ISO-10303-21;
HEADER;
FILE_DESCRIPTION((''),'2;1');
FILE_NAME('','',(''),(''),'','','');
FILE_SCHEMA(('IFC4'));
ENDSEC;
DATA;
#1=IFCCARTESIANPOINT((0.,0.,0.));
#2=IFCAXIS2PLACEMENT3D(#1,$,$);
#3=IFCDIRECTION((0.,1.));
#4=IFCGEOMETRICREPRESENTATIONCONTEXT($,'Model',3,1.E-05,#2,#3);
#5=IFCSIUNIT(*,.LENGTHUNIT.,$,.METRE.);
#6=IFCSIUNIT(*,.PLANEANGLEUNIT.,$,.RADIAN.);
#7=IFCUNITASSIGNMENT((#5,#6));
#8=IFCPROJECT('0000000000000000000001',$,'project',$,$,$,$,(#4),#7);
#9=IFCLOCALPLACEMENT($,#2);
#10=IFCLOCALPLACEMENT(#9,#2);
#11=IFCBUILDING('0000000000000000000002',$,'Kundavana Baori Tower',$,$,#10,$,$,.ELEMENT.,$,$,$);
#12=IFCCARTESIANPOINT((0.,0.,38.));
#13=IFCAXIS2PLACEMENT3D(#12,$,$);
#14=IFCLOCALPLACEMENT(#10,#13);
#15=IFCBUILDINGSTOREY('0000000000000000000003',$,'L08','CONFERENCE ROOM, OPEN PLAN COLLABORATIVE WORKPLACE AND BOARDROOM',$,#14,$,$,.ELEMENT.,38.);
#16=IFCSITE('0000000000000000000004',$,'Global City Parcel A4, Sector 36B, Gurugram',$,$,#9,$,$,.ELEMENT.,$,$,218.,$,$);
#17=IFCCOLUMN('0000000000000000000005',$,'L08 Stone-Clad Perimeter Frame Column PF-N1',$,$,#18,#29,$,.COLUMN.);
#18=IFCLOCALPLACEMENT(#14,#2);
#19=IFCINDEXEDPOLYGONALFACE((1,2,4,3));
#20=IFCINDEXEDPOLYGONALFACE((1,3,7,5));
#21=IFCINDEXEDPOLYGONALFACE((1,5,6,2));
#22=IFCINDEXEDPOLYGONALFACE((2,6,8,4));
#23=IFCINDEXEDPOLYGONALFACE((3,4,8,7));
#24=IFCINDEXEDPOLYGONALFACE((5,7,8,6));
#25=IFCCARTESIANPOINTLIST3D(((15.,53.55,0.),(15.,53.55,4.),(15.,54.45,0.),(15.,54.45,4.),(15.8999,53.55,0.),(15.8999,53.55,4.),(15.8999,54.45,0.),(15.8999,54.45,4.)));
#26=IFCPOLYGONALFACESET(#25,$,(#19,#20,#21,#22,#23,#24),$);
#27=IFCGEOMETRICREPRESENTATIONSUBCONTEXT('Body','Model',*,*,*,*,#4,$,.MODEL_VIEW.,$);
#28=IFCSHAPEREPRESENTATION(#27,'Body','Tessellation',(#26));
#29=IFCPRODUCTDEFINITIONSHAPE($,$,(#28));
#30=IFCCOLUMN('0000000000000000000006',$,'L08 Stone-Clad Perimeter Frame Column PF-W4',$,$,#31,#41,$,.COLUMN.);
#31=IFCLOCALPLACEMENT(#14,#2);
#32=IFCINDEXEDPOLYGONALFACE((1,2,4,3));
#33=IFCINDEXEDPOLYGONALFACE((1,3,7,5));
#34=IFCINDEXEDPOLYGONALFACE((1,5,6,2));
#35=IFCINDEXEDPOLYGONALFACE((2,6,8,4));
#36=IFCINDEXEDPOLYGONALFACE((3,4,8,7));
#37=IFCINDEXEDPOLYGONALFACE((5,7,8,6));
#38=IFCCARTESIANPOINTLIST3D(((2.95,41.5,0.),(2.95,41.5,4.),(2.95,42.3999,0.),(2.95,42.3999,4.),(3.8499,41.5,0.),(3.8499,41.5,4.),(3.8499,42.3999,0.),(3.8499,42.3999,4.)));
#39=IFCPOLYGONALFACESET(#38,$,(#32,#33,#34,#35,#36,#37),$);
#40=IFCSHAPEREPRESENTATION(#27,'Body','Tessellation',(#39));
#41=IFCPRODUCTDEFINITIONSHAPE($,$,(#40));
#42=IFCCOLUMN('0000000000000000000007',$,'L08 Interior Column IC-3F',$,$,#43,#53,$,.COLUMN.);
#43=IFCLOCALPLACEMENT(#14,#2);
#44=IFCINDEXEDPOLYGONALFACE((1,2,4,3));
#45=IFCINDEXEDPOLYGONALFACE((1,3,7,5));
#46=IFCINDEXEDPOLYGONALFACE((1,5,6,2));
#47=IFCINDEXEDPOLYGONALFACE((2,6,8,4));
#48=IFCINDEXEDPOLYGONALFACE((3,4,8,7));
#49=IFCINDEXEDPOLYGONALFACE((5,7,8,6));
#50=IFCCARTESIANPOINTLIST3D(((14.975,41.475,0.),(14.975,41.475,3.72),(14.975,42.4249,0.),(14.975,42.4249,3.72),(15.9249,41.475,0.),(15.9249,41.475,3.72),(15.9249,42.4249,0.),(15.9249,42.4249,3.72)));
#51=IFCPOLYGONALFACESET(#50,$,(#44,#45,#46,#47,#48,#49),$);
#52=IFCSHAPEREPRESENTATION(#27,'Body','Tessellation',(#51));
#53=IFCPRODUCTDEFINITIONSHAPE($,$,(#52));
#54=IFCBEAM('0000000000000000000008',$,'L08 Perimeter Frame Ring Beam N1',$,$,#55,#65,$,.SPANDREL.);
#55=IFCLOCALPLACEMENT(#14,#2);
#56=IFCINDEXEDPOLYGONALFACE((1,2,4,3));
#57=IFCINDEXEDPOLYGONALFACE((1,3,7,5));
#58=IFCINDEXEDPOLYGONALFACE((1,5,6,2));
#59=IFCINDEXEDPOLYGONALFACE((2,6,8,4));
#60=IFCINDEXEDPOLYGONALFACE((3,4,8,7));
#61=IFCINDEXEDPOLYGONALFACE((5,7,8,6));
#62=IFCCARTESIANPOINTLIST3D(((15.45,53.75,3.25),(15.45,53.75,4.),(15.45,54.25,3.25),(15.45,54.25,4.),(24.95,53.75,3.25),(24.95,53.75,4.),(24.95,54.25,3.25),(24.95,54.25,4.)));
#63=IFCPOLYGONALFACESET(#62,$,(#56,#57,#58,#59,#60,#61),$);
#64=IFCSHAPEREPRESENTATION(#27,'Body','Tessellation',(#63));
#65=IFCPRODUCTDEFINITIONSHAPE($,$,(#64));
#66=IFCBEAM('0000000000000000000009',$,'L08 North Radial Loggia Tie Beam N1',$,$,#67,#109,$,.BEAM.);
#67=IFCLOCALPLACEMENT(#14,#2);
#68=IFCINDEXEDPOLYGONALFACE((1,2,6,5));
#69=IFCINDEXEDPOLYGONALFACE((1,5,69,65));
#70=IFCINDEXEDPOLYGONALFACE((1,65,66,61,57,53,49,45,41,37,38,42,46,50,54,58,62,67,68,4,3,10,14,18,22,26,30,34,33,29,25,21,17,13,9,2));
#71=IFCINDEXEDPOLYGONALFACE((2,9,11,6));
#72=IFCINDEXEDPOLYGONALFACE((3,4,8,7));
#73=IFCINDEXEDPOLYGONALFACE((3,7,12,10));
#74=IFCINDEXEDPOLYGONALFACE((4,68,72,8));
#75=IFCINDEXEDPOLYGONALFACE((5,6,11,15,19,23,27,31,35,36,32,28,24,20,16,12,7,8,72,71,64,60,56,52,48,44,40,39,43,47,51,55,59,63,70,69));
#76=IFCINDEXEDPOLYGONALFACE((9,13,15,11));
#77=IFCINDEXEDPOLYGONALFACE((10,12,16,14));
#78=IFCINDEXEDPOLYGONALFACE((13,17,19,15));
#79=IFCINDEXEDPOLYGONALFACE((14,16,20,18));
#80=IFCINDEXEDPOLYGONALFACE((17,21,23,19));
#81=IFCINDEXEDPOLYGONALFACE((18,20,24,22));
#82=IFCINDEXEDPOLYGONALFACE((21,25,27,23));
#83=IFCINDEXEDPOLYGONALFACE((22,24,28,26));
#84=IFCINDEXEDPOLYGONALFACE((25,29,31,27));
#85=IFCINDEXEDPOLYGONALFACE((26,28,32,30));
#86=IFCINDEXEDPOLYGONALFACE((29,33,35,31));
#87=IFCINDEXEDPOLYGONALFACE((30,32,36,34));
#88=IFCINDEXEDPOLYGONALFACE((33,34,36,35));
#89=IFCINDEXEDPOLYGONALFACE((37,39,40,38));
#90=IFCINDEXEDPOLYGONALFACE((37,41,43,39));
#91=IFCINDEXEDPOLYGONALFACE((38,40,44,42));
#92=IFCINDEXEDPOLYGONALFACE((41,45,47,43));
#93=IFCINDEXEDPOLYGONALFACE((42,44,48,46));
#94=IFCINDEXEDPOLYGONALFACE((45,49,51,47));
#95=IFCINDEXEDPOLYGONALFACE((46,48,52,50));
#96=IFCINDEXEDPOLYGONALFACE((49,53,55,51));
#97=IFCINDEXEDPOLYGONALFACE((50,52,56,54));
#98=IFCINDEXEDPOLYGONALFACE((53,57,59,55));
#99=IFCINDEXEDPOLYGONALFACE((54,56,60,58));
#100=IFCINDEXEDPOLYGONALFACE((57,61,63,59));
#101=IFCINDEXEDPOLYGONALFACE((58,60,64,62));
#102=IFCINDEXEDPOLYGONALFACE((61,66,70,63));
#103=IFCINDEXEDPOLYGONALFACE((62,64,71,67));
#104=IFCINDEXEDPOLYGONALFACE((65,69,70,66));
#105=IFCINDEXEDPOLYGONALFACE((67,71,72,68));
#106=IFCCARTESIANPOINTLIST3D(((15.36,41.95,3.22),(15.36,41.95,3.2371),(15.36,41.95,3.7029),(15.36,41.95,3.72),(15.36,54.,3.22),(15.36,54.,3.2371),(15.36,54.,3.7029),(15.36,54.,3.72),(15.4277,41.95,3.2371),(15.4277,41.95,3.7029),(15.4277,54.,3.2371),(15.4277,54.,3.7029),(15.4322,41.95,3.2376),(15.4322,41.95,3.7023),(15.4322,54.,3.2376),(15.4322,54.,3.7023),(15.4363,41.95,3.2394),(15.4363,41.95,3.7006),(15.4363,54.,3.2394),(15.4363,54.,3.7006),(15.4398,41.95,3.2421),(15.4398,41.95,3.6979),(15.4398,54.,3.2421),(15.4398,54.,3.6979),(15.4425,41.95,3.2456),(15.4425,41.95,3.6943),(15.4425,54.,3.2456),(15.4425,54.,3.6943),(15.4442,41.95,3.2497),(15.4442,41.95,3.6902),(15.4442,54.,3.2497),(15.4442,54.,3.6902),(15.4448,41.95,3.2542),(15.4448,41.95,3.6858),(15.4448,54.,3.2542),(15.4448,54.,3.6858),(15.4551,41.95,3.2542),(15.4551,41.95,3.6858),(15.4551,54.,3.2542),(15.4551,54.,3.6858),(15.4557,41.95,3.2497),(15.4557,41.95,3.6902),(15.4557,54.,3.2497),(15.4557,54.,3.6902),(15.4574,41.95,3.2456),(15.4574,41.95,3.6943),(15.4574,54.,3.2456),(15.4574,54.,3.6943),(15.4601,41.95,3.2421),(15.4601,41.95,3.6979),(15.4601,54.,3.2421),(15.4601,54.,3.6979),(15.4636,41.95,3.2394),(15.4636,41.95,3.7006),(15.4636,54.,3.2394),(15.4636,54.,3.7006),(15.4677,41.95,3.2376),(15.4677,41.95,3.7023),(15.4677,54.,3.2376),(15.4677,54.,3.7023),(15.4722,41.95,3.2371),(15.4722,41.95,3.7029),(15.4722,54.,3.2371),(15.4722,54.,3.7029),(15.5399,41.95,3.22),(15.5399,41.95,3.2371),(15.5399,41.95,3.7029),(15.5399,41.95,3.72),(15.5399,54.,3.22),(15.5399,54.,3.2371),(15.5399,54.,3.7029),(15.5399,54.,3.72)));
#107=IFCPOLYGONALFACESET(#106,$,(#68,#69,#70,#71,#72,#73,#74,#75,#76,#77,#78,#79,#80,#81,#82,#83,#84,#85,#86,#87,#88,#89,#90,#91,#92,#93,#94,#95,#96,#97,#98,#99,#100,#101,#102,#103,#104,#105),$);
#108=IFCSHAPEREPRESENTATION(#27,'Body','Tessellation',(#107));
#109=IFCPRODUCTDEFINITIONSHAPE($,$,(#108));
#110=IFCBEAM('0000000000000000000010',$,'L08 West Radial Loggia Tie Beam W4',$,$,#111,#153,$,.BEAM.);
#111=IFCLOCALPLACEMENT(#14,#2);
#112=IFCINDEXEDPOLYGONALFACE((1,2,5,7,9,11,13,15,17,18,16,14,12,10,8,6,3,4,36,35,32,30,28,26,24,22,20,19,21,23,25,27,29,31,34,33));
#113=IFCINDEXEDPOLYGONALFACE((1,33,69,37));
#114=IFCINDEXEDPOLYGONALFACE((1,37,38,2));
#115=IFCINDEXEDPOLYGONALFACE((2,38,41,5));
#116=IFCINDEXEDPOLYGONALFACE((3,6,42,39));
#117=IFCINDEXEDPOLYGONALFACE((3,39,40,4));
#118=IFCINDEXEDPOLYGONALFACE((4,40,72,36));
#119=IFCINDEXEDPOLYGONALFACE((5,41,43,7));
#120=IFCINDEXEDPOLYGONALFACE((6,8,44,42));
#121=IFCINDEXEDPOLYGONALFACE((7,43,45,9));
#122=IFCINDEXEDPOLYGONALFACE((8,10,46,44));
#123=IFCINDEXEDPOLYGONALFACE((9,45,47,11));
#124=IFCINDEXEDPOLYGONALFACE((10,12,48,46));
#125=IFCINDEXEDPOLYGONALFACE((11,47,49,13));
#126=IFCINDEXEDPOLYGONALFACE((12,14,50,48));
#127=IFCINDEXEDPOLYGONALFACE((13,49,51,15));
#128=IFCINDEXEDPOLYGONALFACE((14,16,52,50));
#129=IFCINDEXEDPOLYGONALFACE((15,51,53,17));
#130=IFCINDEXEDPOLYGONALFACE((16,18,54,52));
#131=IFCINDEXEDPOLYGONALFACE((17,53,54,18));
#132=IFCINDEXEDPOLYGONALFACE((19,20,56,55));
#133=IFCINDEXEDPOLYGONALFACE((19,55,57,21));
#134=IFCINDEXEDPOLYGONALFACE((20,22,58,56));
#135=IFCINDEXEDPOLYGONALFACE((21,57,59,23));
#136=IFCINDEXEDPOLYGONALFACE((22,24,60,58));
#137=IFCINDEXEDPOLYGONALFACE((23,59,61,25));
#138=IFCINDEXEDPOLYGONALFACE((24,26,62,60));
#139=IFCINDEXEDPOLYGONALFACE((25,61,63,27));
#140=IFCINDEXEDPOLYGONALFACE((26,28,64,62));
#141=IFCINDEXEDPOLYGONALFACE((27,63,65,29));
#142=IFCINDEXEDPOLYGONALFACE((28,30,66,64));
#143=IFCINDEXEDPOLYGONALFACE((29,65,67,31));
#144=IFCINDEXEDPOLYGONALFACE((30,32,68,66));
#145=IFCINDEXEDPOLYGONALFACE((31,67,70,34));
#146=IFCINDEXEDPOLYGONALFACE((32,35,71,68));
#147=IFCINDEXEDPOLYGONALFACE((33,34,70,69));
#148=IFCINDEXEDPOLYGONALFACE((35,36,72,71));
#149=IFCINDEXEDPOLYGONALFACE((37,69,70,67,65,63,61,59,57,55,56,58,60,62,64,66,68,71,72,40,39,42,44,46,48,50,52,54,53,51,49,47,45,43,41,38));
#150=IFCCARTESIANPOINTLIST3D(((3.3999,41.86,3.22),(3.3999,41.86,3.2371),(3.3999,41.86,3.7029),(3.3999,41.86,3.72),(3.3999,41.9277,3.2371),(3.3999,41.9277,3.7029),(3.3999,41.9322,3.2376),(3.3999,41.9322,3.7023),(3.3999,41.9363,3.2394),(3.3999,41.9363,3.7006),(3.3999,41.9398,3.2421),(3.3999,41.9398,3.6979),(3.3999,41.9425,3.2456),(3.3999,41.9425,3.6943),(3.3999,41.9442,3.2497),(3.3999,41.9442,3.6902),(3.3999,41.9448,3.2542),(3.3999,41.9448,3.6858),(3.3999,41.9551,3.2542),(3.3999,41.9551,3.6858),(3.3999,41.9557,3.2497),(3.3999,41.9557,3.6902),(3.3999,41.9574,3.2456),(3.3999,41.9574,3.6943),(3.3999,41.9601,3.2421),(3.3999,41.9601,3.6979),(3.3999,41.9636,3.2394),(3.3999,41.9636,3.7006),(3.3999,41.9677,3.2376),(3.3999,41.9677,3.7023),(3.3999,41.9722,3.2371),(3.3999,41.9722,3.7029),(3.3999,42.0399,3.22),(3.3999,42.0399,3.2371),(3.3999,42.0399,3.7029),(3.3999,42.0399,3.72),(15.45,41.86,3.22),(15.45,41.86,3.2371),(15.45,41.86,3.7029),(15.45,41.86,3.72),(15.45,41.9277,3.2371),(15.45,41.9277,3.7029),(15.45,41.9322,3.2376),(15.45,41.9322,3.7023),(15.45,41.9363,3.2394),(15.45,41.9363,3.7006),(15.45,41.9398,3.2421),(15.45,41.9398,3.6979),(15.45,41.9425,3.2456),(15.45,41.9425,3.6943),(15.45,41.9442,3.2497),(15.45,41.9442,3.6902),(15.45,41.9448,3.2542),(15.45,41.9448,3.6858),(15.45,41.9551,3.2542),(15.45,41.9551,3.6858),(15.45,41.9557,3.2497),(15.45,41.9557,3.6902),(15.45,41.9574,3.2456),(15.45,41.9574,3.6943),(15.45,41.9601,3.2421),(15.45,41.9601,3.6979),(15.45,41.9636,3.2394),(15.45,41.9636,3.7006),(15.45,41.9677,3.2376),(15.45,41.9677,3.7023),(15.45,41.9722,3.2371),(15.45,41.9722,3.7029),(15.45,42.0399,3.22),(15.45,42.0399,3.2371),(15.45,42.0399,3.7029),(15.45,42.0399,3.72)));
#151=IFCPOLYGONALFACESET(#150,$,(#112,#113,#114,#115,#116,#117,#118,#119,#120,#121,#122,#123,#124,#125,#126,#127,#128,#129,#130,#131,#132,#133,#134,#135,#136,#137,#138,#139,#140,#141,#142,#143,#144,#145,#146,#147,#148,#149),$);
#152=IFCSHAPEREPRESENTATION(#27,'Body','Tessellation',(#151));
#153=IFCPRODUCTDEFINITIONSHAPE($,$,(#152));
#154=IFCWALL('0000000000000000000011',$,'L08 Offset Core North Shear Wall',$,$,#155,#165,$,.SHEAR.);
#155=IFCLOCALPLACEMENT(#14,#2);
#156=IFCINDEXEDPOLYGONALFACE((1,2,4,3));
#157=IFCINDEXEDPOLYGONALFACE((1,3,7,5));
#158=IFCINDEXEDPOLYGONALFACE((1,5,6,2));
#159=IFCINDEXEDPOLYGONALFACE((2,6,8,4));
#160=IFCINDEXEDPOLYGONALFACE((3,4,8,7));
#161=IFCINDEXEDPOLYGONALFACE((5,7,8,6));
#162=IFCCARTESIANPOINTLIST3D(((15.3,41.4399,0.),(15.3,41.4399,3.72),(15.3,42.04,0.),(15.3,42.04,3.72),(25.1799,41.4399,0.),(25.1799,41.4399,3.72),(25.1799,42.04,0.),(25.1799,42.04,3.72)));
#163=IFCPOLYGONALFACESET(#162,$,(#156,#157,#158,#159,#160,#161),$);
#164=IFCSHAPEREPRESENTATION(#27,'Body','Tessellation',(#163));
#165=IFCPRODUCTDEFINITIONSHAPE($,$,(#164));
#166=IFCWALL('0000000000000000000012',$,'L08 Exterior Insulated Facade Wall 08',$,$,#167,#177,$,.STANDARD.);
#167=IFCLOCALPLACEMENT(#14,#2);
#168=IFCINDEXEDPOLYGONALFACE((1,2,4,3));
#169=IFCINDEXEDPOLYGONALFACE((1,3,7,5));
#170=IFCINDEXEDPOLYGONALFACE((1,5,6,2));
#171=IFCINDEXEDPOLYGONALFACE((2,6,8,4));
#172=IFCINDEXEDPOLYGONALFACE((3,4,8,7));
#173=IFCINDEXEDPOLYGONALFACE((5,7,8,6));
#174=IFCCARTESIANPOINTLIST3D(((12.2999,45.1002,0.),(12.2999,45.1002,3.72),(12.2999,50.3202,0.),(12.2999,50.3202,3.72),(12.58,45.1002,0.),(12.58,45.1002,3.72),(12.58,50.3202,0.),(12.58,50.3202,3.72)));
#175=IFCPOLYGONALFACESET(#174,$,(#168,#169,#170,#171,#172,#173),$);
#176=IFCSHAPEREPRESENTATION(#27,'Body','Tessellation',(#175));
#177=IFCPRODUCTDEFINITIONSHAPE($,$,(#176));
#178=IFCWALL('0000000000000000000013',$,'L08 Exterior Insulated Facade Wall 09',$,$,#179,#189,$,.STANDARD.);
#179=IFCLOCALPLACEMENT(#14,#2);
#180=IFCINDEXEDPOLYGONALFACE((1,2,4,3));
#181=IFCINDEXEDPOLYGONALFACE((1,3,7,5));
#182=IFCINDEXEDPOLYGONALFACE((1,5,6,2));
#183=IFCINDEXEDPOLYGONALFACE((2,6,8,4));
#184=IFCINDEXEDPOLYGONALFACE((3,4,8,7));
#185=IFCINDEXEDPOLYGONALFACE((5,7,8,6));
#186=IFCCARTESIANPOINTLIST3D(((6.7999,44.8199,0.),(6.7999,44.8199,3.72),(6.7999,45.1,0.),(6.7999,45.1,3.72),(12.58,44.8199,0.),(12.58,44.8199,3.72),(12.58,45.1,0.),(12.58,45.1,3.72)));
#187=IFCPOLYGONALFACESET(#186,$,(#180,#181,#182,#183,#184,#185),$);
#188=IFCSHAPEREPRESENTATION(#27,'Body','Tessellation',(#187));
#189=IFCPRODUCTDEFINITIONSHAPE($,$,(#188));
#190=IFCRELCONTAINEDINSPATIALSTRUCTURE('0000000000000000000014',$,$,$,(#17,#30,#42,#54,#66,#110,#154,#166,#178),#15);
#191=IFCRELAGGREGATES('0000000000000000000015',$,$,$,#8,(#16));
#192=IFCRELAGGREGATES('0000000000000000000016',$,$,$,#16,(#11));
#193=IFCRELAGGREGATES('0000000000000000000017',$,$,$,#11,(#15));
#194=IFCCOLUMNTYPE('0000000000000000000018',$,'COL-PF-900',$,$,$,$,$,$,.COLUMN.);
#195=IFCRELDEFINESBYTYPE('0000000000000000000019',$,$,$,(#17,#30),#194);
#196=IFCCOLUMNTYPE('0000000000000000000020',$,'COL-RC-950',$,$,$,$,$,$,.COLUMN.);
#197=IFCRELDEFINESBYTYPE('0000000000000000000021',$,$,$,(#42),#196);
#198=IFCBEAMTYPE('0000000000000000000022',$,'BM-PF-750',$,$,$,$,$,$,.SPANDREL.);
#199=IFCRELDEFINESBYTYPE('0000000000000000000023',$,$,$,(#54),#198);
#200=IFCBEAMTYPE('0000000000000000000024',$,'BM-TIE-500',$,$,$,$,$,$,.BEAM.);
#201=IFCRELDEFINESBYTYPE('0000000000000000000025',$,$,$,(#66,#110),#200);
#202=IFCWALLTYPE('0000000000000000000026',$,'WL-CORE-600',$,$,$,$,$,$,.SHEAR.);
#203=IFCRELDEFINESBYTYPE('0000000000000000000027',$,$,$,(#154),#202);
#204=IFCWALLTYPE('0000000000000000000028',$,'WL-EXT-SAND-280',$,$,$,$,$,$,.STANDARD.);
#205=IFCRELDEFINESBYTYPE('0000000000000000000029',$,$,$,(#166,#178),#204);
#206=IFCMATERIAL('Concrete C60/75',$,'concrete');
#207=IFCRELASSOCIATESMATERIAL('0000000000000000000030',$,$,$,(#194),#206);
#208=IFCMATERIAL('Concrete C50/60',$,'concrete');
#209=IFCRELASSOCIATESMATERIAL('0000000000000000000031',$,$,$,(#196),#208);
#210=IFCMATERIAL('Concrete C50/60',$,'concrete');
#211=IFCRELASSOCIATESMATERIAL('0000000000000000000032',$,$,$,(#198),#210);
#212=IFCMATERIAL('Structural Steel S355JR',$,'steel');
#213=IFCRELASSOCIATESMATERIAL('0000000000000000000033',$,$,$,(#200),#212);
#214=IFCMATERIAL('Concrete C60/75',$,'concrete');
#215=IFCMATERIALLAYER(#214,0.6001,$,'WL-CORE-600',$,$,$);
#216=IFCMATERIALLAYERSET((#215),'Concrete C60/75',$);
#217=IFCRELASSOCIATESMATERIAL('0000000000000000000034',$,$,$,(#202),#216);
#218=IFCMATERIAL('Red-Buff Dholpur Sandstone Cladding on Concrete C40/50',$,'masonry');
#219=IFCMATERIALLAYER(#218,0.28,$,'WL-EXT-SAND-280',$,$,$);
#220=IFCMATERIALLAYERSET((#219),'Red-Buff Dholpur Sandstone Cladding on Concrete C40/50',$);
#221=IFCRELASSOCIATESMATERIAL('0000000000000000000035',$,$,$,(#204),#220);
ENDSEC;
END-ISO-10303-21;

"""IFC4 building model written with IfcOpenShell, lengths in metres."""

from ifc_helpers import new_model, si_unit, direction, frame, frame_2d, origin, origin_2d, place, context, subcontext, project, spatial, rectangle, i_section, extrude, material, layer, layer_set, material_profile, profile_set, type_object, element, save


model = new_model("IFC4")

# Units and contexts
model_context = context("Model", 3, precision=1e-05, world=origin(), true_north=direction((0.0, 1.0)))
body_context = subcontext(model_context, "Body", "Model", "MODEL_VIEW")
ifc_project = project(units=[si_unit("LENGTHUNIT", "METRE"), si_unit("PLANEANGLEUNIT", "RADIAN")], contexts=[model_context])

# Site, building, storey
site_placement = place(None, origin())
site = spatial("IfcSite", under=ifc_project, at=site_placement, Name="Global City Parcel A4, Sector 36B, Gurugram", CompositionType="ELEMENT", RefElevation=218.0)
building_placement = place(site_placement, origin())
building = spatial("IfcBuilding", under=site, at=building_placement, Name="Kundavana Baori Tower", CompositionType="ELEMENT")
storey_placement = place(building_placement, frame((0.0, 0.0, 38.0)))
storey = spatial("IfcBuildingStorey", under=building, at=storey_placement, Name="L08", Description="CONFERENCE ROOM, OPEN PLAN COLLABORATIVE WORKPLACE AND BOARDROOM", CompositionType="ELEMENT", Elevation=38.0)

# Columns
ifc_material_1 = material(Name="Concrete C60/75", Category="concrete")
ifc_material_profile_1 = material_profile(ifc_material_1, rectangle(XDim=0.8999, YDim=0.8999, at=origin_2d()), Name="RC PF 900x900")
ifc_profile_set_1 = profile_set([ifc_material_profile_1], Name="Concrete C60/75")
column_type_1 = type_object("IfcColumnType", Name="COL-PF-900", PredefinedType="COLUMN", material=ifc_profile_set_1)
for number, where, z_axis, x_axis, name in (
    (1, (15.45, 54.0, 0.0), (0.0, 0.0, 1.0), (1.0, 0.0, 0.0), "L08 Stone-Clad Perimeter Frame Column PF-N1"),
    (2, (3.3999, 41.95, 0.0), (0.0, 0.0, 1.0), (1.0, 0.0, 0.0), "L08 Stone-Clad Perimeter Frame Column PF-W4"),
):
    element("IfcColumn", number, at=place(storey_placement, frame(where, z_axis=z_axis, x_axis=x_axis)), inside=storey, type_object=column_type_1, Name=name, PredefinedType="COLUMN", context=body_context, shape_type="SweptSolid", body=[
        extrude(rectangle(XDim=0.8999, YDim=0.8999, at=origin_2d()), origin(), (0.0, 0.0, 1.0), 4.0),
    ])
ifc_material_2 = material(Name="Concrete C50/60", Category="concrete")
ifc_material_profile_2 = material_profile(ifc_material_2, rectangle(XDim=0.95, YDim=0.95, at=origin_2d()), Name="RC 950x950")
ifc_profile_set_2 = profile_set([ifc_material_profile_2], Name="Concrete C50/60")
column_type_2 = type_object("IfcColumnType", Name="COL-RC-950", PredefinedType="COLUMN", material=ifc_profile_set_2)
column_placement = place(storey_placement, frame((15.45, 41.95, 0.0), z_axis=(0.0, 0.0, 1.0), x_axis=(1.0, 0.0, 0.0)))
element("IfcColumn", 3, at=column_placement, inside=storey, type_object=column_type_2, Name="L08 Interior Column IC-3F", PredefinedType="COLUMN", context=body_context, shape_type="SweptSolid", body=[
    extrude(rectangle(XDim=0.95, YDim=0.95, at=origin_2d()), origin(), (0.0, 0.0, 1.0), 3.72),
])

# Beams
ifc_material_3 = material(Name="Concrete C50/60", Category="concrete")
ifc_material_profile_3 = material_profile(ifc_material_3, rectangle(XDim=0.5, YDim=0.75, at=origin_2d()), Name="RC BM 500x750")
ifc_profile_set_3 = profile_set([ifc_material_profile_3], Name="Concrete C50/60")
beam_type_1 = type_object("IfcBeamType", Name="BM-PF-750", PredefinedType="SPANDREL", material=ifc_profile_set_3)
beam_placement = place(storey_placement, frame((15.45, 54.0, 3.625), z_axis=(1.0, 0.0, 0.0), x_axis=(0.0, 1.0, 0.0)))
element("IfcBeam", 4, at=beam_placement, inside=storey, type_object=beam_type_1, Name="L08 Perimeter Frame Ring Beam N1", PredefinedType="SPANDREL", context=body_context, shape_type="SweptSolid", body=[
    extrude(rectangle(XDim=0.5, YDim=0.75, at=origin_2d()), origin(), (0.0, 0.0, 1.0), 9.5),
])
ifc_material_4 = material(Name="Structural Steel S355JR", Category="steel")
ifc_material_profile_4 = material_profile(ifc_material_4, i_section(OverallWidth=0.1799, OverallDepth=0.5, WebThickness=0.0103, FlangeThickness=0.0171, FilletRadius=0.0171, at=origin_2d()), Name="ISMB 500")
ifc_profile_set_4 = profile_set([ifc_material_profile_4], Name="Structural Steel S355JR")
beam_type_2 = type_object("IfcBeamType", Name="BM-TIE-500", PredefinedType="BEAM", material=ifc_profile_set_4)
for number, where, z_axis, x_axis, name in (
    (5, (15.45, 41.95, 3.47), (0.0, 1.0, 0.0), (-1.0, 0.0, 0.0), "L08 North Radial Loggia Tie Beam N1"),
    (6, (15.45, 41.95, 3.47), (-1.0, 0.0, 0.0), (0.0, -1.0, 0.0), "L08 West Radial Loggia Tie Beam W4"),
):
    element("IfcBeam", number, at=place(storey_placement, frame(where, z_axis=z_axis, x_axis=x_axis)), inside=storey, type_object=beam_type_2, Name=name, PredefinedType="BEAM", context=body_context, shape_type="SweptSolid", body=[
        extrude(i_section(OverallWidth=0.1799, OverallDepth=0.5, WebThickness=0.0103, FlangeThickness=0.0171, FilletRadius=0.0171, at=origin_2d()), origin(), (0.0, 0.0, 1.0), 12.05),
    ])

# Walls
ifc_material_5 = material(Name="Concrete C60/75", Category="concrete")
ifc_layer_1 = layer(ifc_material_5, 0.6001, Name="WL-CORE-600")
ifc_layer_set_1 = layer_set([ifc_layer_1], Name="Concrete C60/75")
wall_type_1 = type_object("IfcWallType", Name="WL-CORE-600", PredefinedType="SHEAR", material=ifc_layer_set_1)
wall_1_placement = place(storey_placement, frame((15.3, 41.74, 0.0), z_axis=(0.0, 0.0, 1.0), x_axis=(1.0, 0.0, 0.0)))
element("IfcWall", 7, at=wall_1_placement, inside=storey, type_object=wall_type_1, Name="L08 Offset Core North Shear Wall", PredefinedType="SHEAR", context=body_context, shape_type="SweptSolid", body=[
    extrude(rectangle(XDim=9.8799, YDim=0.6001, at=frame_2d((4.9399, 0.0))), origin(), (0.0, 0.0, 1.0), 3.72),
])
ifc_material_6 = material(Name="Red-Buff Dholpur Sandstone Cladding on Concrete C40/50", Category="masonry")
ifc_layer_2 = layer(ifc_material_6, 0.28, Name="WL-EXT-SAND-280")
ifc_layer_set_2 = layer_set([ifc_layer_2], Name="Red-Buff Dholpur Sandstone Cladding on Concrete C40/50")
wall_type_2 = type_object("IfcWallType", Name="WL-EXT-SAND-280", PredefinedType="STANDARD", material=ifc_layer_set_2)
wall_2_placement = place(storey_placement, frame((12.4399, 50.3201, 0.0), z_axis=(0.0, 0.0, 1.0), x_axis=(0.0, -1.0, 0.0)))
element("IfcWall", 8, at=wall_2_placement, inside=storey, type_object=wall_type_2, Name="L08 Exterior Insulated Facade Wall 08", PredefinedType="STANDARD", context=body_context, shape_type="SweptSolid", body=[
    extrude(rectangle(XDim=5.22, YDim=0.28, at=frame_2d((2.6099, 0.0))), origin(), (0.0, 0.0, 1.0), 3.72),
])
wall_3_placement = place(storey_placement, frame((12.5801, 44.96, 0.0), z_axis=(0.0, 0.0, 1.0), x_axis=(-1.0, 0.0, 0.0)))
element("IfcWall", 9, at=wall_3_placement, inside=storey, type_object=wall_type_2, Name="L08 Exterior Insulated Facade Wall 09", PredefinedType="STANDARD", context=body_context, shape_type="SweptSolid", body=[
    extrude(rectangle(XDim=5.78, YDim=0.28, at=frame_2d((2.8901, 0.0))), origin(), (0.0, 0.0, 1.0), 3.72),
])

save(model, "model.ifc")
